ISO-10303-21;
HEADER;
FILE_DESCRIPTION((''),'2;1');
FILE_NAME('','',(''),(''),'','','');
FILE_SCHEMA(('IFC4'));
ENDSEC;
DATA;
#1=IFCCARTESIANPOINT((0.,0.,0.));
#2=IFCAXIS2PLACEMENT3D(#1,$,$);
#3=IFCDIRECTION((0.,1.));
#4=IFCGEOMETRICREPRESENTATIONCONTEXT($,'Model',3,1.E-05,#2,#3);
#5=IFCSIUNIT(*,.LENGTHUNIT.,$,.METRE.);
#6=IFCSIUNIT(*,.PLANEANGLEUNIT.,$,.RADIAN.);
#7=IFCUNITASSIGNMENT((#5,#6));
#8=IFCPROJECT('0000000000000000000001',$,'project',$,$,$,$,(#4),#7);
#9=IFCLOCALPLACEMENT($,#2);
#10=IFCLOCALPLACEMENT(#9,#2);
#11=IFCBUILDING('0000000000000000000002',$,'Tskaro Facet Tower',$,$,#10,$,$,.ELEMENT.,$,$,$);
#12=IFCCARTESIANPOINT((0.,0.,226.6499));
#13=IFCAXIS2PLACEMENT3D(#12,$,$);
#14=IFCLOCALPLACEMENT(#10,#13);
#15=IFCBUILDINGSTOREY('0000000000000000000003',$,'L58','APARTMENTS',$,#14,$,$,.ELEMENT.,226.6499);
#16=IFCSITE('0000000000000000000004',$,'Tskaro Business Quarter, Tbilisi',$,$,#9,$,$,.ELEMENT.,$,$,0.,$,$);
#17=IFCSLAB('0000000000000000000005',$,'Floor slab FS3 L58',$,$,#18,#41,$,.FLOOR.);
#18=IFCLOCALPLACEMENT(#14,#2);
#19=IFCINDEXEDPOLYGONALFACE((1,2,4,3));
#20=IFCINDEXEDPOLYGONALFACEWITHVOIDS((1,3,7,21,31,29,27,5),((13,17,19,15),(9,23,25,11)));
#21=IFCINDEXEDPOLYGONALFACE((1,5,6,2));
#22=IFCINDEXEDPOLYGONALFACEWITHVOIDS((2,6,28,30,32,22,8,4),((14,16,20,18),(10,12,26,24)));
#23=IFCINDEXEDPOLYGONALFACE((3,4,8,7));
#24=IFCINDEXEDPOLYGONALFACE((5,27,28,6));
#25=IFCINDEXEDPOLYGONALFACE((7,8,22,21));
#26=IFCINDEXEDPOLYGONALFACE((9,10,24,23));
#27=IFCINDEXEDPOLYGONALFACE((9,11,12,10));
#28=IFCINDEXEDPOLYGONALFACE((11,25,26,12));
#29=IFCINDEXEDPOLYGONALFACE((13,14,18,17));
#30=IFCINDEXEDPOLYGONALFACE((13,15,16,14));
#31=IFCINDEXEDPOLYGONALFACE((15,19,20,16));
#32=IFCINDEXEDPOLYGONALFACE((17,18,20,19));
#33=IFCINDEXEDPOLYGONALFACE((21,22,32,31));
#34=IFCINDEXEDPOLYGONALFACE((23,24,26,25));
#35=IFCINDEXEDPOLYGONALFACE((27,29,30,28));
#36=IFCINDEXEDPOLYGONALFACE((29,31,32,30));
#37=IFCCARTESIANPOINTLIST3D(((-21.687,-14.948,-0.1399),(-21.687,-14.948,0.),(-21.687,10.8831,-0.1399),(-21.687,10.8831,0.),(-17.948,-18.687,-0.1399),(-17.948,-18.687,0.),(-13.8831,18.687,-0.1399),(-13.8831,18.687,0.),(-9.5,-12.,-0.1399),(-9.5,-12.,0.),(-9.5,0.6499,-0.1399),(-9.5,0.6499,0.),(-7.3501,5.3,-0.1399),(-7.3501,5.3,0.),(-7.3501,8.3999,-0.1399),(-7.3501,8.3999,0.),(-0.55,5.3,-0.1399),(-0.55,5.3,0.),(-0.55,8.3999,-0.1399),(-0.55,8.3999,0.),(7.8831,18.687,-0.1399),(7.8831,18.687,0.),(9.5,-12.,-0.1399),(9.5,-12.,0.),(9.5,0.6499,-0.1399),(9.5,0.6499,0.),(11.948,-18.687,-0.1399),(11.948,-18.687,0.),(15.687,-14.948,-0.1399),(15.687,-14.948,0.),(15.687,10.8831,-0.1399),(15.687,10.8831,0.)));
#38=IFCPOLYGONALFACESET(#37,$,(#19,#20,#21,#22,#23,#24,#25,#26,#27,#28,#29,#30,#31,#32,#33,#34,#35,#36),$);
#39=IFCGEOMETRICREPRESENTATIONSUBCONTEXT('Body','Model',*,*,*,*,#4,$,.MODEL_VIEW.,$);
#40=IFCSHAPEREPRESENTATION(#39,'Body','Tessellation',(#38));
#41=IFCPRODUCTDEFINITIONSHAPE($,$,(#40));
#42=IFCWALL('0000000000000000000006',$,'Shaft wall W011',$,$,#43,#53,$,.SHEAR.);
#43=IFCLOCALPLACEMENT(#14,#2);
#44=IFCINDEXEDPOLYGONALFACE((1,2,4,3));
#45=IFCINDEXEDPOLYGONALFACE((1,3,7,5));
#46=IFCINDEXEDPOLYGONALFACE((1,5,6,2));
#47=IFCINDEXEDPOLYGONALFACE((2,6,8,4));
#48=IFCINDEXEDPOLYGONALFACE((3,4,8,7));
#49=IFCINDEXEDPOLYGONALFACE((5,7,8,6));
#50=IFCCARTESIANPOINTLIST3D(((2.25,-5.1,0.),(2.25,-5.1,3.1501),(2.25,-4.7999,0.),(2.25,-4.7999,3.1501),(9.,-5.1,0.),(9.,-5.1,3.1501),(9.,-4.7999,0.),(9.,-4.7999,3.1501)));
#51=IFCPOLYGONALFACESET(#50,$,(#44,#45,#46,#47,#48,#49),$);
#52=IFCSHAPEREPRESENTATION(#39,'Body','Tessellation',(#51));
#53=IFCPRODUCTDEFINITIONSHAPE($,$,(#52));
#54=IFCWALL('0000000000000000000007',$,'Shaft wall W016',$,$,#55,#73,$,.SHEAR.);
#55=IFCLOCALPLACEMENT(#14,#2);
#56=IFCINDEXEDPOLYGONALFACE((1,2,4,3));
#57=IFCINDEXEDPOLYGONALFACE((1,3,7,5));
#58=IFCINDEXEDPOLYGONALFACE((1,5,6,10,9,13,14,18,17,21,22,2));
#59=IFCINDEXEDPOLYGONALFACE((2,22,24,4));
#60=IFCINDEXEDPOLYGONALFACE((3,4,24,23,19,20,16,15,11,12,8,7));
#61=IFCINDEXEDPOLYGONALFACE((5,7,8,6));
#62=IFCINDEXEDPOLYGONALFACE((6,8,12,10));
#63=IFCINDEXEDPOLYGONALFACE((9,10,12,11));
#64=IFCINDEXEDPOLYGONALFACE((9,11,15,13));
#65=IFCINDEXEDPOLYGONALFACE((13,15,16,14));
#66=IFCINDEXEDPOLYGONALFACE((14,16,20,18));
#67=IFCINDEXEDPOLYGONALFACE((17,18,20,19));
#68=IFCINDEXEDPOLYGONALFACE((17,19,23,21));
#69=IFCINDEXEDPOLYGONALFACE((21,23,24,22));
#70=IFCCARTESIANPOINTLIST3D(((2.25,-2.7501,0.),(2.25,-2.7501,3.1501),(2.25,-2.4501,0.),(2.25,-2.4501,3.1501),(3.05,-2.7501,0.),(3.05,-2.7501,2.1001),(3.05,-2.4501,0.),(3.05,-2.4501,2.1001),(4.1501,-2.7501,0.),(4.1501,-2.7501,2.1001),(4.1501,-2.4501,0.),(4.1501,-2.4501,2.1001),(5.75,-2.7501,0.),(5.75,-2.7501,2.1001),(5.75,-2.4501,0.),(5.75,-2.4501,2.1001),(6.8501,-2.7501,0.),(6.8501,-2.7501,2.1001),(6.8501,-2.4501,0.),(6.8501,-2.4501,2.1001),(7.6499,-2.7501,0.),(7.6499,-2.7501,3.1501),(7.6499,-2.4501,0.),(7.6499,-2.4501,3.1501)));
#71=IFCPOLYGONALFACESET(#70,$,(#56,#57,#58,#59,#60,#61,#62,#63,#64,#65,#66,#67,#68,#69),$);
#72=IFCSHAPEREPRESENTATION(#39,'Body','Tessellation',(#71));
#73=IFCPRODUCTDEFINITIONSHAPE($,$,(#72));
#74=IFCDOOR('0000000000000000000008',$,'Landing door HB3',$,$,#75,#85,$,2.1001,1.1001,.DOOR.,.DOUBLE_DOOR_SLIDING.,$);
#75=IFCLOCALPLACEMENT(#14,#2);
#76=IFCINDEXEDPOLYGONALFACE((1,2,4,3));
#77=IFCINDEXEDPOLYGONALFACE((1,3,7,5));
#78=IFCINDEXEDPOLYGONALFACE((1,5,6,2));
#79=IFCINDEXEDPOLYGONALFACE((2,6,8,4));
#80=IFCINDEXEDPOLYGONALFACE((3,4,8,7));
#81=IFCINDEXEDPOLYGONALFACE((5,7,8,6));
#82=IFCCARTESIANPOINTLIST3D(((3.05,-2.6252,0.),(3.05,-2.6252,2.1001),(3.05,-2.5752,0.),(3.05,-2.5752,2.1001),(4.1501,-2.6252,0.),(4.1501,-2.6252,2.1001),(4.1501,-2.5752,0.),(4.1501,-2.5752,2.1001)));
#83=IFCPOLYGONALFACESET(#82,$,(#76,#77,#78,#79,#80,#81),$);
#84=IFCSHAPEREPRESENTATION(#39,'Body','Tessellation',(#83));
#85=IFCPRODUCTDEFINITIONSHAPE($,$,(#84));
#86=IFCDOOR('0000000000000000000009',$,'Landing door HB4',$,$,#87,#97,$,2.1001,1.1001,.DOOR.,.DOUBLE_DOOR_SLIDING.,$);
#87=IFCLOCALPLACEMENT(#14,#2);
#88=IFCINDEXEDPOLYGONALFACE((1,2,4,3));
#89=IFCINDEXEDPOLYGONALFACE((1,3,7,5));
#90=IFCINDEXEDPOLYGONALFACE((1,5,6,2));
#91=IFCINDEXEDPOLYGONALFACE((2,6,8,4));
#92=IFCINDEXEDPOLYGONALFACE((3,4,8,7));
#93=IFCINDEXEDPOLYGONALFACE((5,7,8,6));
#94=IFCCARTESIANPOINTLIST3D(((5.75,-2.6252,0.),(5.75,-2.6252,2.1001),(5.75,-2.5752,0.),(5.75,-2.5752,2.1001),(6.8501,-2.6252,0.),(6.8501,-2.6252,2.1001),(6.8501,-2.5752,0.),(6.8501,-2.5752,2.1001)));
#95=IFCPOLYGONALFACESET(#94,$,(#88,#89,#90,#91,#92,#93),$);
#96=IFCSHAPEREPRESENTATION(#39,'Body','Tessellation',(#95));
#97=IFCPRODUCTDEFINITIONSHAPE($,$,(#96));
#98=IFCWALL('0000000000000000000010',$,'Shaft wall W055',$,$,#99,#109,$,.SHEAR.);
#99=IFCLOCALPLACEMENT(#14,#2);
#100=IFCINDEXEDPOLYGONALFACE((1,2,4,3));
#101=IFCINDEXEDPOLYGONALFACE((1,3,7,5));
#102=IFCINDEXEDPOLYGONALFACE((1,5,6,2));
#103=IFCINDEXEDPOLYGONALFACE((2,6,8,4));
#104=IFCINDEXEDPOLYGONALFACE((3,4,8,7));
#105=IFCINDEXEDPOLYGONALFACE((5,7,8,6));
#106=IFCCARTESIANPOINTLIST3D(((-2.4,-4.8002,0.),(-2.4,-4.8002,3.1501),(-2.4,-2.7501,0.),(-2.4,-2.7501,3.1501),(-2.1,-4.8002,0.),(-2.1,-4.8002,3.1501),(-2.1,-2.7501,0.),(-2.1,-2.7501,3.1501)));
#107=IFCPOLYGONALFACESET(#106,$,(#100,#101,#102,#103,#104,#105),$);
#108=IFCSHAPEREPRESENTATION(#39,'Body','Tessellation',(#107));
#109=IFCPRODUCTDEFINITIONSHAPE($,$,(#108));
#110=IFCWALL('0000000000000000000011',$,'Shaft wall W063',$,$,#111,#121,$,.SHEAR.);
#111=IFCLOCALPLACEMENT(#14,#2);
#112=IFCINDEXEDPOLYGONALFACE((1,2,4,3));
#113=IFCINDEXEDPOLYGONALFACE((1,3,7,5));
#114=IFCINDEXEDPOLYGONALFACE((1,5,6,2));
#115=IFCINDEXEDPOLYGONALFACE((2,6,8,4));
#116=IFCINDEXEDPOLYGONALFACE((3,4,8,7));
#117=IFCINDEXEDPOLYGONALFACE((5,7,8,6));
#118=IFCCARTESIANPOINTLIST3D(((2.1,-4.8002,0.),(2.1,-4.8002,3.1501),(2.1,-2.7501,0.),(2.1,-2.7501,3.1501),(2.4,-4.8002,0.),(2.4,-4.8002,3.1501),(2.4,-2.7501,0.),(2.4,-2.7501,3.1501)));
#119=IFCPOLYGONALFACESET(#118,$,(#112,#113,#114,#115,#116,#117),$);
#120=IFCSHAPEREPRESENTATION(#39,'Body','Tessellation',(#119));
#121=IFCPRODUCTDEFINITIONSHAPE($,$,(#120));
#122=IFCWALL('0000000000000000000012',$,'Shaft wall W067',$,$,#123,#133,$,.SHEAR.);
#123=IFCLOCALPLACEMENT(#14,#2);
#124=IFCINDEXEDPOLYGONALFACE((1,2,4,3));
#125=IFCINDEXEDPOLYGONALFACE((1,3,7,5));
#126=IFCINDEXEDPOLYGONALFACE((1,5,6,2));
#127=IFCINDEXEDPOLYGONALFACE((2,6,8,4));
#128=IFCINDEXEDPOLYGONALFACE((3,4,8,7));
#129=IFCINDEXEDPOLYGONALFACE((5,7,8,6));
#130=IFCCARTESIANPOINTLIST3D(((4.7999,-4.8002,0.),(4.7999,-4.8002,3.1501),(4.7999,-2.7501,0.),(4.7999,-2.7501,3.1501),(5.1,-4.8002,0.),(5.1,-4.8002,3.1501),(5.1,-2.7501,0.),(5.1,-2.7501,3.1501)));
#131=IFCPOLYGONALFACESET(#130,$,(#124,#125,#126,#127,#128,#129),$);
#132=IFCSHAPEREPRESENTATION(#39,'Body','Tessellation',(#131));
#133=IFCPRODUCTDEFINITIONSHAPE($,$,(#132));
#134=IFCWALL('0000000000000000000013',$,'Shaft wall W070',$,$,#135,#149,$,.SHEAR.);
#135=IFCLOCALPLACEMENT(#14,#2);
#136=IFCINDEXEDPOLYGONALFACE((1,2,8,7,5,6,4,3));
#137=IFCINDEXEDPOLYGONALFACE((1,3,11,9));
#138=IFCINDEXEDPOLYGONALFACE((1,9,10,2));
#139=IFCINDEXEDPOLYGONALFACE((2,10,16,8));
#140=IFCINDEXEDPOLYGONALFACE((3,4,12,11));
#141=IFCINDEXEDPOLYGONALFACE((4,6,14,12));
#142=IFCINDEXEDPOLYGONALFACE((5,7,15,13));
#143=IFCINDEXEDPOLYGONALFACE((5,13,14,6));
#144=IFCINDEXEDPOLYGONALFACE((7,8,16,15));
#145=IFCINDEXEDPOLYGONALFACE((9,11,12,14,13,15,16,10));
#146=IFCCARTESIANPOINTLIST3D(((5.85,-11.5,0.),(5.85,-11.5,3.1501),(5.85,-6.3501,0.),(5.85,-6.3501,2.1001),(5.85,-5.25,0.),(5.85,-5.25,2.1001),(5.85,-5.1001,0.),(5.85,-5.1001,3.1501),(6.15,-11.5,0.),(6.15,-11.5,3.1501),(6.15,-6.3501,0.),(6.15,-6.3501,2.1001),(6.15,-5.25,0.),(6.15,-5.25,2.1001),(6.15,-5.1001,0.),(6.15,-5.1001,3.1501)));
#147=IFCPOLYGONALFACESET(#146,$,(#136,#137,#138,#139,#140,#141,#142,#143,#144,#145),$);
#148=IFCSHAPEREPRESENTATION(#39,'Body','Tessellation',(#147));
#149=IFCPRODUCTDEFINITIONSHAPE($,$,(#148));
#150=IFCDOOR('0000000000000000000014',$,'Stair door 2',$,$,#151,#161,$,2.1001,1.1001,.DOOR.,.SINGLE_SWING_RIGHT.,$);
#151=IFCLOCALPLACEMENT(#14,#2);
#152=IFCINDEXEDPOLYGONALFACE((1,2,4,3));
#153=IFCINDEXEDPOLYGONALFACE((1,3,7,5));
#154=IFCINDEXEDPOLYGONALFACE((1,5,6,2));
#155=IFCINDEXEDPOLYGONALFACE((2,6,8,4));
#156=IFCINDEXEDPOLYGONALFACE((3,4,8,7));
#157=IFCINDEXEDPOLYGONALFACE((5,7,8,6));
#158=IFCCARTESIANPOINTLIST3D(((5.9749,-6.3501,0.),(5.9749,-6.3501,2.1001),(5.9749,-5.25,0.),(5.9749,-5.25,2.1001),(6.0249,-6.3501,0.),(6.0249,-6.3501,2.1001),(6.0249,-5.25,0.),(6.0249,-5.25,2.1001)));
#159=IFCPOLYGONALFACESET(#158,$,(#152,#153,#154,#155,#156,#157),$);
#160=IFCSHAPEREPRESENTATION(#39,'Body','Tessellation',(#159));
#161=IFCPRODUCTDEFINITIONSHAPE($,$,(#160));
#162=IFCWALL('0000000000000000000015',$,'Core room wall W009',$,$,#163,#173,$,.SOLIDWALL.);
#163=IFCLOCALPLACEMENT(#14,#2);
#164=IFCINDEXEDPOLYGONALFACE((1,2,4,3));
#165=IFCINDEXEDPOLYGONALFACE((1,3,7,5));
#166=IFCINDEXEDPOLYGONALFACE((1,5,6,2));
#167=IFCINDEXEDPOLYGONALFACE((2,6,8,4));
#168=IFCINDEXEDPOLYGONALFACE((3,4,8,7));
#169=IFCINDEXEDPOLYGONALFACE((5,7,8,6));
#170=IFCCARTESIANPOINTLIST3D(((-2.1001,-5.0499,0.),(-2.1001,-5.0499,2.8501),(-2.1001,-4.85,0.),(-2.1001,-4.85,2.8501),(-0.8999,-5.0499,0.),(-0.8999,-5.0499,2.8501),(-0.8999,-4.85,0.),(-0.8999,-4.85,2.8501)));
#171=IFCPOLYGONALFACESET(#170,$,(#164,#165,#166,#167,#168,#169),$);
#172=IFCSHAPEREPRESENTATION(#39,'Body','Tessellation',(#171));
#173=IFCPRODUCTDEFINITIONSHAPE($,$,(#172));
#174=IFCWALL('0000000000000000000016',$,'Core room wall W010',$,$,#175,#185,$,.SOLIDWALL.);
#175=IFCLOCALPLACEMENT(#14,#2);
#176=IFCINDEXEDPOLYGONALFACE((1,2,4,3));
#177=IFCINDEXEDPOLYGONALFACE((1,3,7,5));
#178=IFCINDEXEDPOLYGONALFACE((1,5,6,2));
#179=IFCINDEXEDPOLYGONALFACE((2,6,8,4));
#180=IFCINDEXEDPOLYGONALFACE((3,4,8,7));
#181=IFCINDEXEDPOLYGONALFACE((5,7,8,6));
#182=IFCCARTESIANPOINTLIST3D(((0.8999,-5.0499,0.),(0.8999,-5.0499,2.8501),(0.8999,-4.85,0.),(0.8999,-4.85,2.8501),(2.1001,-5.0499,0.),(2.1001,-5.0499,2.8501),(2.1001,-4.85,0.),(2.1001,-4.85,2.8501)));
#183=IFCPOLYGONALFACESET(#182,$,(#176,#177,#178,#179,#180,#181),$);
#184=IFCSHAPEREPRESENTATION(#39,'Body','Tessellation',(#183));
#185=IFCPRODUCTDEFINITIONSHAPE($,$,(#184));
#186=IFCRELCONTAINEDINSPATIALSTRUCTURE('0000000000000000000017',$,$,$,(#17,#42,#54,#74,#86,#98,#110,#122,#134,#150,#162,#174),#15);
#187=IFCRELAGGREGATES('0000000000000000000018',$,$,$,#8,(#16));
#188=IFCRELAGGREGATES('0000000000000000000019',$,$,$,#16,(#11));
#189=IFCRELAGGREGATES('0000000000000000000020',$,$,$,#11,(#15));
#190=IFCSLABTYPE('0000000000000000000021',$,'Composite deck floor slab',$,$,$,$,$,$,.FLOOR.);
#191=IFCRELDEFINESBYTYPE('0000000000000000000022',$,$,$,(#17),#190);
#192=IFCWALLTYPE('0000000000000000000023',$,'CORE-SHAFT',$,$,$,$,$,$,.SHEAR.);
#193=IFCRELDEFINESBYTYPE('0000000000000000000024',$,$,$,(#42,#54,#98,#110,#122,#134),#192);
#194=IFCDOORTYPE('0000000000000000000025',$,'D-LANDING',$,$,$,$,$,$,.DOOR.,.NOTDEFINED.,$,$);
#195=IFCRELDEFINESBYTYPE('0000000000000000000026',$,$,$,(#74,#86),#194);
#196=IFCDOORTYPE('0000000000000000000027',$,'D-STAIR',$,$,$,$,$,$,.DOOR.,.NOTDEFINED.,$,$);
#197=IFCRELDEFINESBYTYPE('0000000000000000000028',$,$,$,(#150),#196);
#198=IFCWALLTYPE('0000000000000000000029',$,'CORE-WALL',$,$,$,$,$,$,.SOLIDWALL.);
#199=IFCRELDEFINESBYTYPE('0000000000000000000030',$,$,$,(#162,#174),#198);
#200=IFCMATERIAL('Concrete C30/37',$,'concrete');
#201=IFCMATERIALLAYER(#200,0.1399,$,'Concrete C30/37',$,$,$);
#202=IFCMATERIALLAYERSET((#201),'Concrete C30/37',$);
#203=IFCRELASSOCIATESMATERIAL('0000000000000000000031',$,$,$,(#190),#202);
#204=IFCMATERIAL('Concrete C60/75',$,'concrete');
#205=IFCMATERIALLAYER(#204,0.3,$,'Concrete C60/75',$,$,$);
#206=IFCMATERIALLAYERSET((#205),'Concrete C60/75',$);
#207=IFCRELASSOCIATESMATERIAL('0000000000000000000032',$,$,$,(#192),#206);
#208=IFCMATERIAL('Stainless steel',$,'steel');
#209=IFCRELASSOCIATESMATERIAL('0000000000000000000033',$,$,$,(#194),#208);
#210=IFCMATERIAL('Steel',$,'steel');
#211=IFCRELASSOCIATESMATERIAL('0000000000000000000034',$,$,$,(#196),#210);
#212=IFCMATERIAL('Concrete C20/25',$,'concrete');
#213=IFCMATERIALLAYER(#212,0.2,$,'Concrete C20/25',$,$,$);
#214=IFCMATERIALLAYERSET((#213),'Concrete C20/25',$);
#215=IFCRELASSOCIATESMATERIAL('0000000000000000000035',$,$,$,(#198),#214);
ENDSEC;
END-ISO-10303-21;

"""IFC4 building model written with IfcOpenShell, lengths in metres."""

from ifc_helpers import new_model, si_unit, direction, frame, frame_2d, origin, place, context, subcontext, project, spatial, polyline, rectangle, outline, extrude, material, layer, layer_set, type_object, element, fill, save


model = new_model("IFC4")

# Units and contexts
model_context = context("Model", 3, precision=1e-05, world=origin(), true_north=direction((0.0, 1.0)))
body_context = subcontext(model_context, "Body", "Model", "MODEL_VIEW")
ifc_project = project(units=[si_unit("LENGTHUNIT", "METRE"), si_unit("PLANEANGLEUNIT", "RADIAN")], contexts=[model_context])

# Site, building, storey
site_placement = place(None, origin())
site = spatial("IfcSite", under=ifc_project, at=site_placement, Name="Tskaro Business Quarter, Tbilisi", CompositionType="ELEMENT", RefElevation=0.0)
building_placement = place(site_placement, origin())
building = spatial("IfcBuilding", under=site, at=building_placement, Name="Tskaro Facet Tower", CompositionType="ELEMENT")
storey_placement = place(building_placement, frame((0.0, 0.0, 226.6499)))
storey = spatial("IfcBuildingStorey", under=building, at=storey_placement, Name="L58", Description="APARTMENTS", CompositionType="ELEMENT", Elevation=226.6499)

# Slab
ifc_material_1 = material(Name="Concrete C30/37", Category="concrete")
ifc_layer_1 = layer(ifc_material_1, 0.1399, Name="Concrete C30/37")
ifc_layer_set_1 = layer_set([ifc_layer_1], Name="Concrete C30/37")
slab_type = type_object("IfcSlabType", Name="Composite deck floor slab", PredefinedType="FLOOR", material=ifc_layer_set_1)
slab_placement = place(storey_placement, frame((0.0, 0.0, -0.1399)))
element("IfcSlab", 1, at=slab_placement, inside=storey, type_object=slab_type, Name="Floor slab FS3 L58", PredefinedType="FLOOR", context=body_context, shape_type="SweptSolid", body=[
    extrude(outline(polyline([(-17.948, -18.687), (11.948, -18.687), (15.687, -14.948), (15.687, 10.8831), (7.8831, 18.687), (-13.8831, 18.687), (-21.687, 10.8831), (-21.687, -14.948), (-17.948, -18.687)]), holes=[polyline([(-9.5, -12.0), (9.5, -12.0), (9.5, 0.6499), (-9.5, 0.6499), (-9.5, -12.0)]), polyline([(-7.3501, 5.3), (-0.55, 5.3), (-0.55, 8.3999), (-7.3501, 8.3999), (-7.3501, 5.3)])]), origin(), (0.0, 0.0, 1.0), 0.1399),
])

# Wall
ifc_material_2 = material(Name="Concrete C60/75", Category="concrete")
ifc_layer_2 = layer(ifc_material_2, 0.3, Name="Concrete C60/75")
ifc_layer_set_2 = layer_set([ifc_layer_2], Name="Concrete C60/75")
wall_type_1 = type_object("IfcWallType", Name="CORE-SHAFT", PredefinedType="SHEAR", material=ifc_layer_set_2)
wall_1_placement = place(storey_placement, frame((2.25, -4.95, 0.0), z_axis=(0.0, 0.0, 1.0), x_axis=(1.0, 0.0, 0.0)))
element("IfcWall", 2, at=wall_1_placement, inside=storey, type_object=wall_type_1, Name="Shaft wall W011", PredefinedType="SHEAR", context=body_context, shape_type="SweptSolid", body=[
    extrude(rectangle(XDim=6.75, YDim=0.3, at=frame_2d((3.375, 0.0))), origin(), (0.0, 0.0, 1.0), 3.1501),
])

# Wall, openings, doors
wall_2_placement = place(storey_placement, frame((2.25, -2.6001, 0.0), z_axis=(0.0, 0.0, 1.0), x_axis=(1.0, 0.0, 0.0)))
wall_2 = element("IfcWall", 3, at=wall_2_placement, inside=storey, type_object=wall_type_1, Name="Shaft wall W016", PredefinedType="SHEAR", context=body_context, shape_type="SweptSolid", body=[
    extrude(rectangle(XDim=5.3999, YDim=0.3, at=frame_2d((2.7, 0.0))), origin(), (0.0, 0.0, 1.0), 3.1501),
])
opening_1_placement = place(wall_2_placement, frame((0.8, 0.0, 0.0)))
opening_1 = element("IfcOpeningElement", 4, at=opening_1_placement, cuts=wall_2, PredefinedType="OPENING", context=body_context, shape_type="SweptSolid", body=[
    extrude(rectangle(XDim=1.1001, YDim=2.1001, at=frame_2d((0.55, 1.05))), frame((0.0, 0.1599, 0.0), z_axis=(0.0, -1.0, 0.0), x_axis=(1.0, 0.0, 0.0)), (0.0, 0.0, 1.0), 0.3201),
])
opening_2_placement = place(wall_2_placement, frame((3.5, 0.0, 0.0)))
opening_2 = element("IfcOpeningElement", 5, at=opening_2_placement, cuts=wall_2, PredefinedType="OPENING", context=body_context, shape_type="SweptSolid", body=[
    extrude(rectangle(XDim=1.1001, YDim=2.1001, at=frame_2d((0.55, 1.05))), frame((0.0, 0.1599, 0.0), z_axis=(0.0, -1.0, 0.0), x_axis=(1.0, 0.0, 0.0)), (0.0, 0.0, 1.0), 0.3201),
])
ifc_material_3 = material(Name="Stainless steel", Category="steel")
door_type_1 = type_object("IfcDoorType", Name="D-LANDING", OperationType="NOTDEFINED", PredefinedType="DOOR", material=ifc_material_3)
door_1_placement = place(opening_1_placement, origin())
door_1 = element("IfcDoor", 6, at=door_1_placement, inside=storey, type_object=door_type_1, Name="Landing door HB3", OperationType="DOUBLE_DOOR_SLIDING", OverallHeight=2.1001, OverallWidth=1.1001, PredefinedType="DOOR", context=body_context, shape_type="SweptSolid", body=[
    extrude(rectangle(XDim=1.1001, YDim=2.1001, at=frame_2d((0.55, 1.05))), frame((0.0, 0.0249, 0.0), z_axis=(0.0, -1.0, 0.0), x_axis=(1.0, 0.0, 0.0)), (0.0, 0.0, 1.0), 0.05),
])
fill(opening_1, door_1)
door_2_placement = place(opening_2_placement, origin())
door_2 = element("IfcDoor", 7, at=door_2_placement, inside=storey, type_object=door_type_1, Name="Landing door HB4", OperationType="DOUBLE_DOOR_SLIDING", OverallHeight=2.1001, OverallWidth=1.1001, PredefinedType="DOOR", context=body_context, shape_type="SweptSolid", body=[
    extrude(rectangle(XDim=1.1001, YDim=2.1001, at=frame_2d((0.55, 1.05))), frame((0.0, 0.0249, 0.0), z_axis=(0.0, -1.0, 0.0), x_axis=(1.0, 0.0, 0.0)), (0.0, 0.0, 1.0), 0.05),
])
fill(opening_2, door_2)

# Walls
for number, where, z_axis, x_axis, name in (
    (8, (-2.25, -4.8, 0.0), (0.0, 0.0, 1.0), (0.0, 1.0, 0.0), "Shaft wall W055"),
    (9, (2.25, -4.8, 0.0), (0.0, 0.0, 1.0), (0.0, 1.0, 0.0), "Shaft wall W063"),
    (10, (4.95, -4.8, 0.0), (0.0, 0.0, 1.0), (0.0, 1.0, 0.0), "Shaft wall W067"),
):
    element("IfcWall", number, at=place(storey_placement, frame(where, z_axis=z_axis, x_axis=x_axis)), inside=storey, type_object=wall_type_1, Name=name, PredefinedType="SHEAR", context=body_context, shape_type="SweptSolid", body=[
        extrude(rectangle(XDim=2.05, YDim=0.3, at=frame_2d((1.0249, 0.0))), origin(), (0.0, 0.0, 1.0), 3.1501),
    ])

# Wall, opening, door
wall_3_placement = place(storey_placement, frame((6.0, -5.1001, 0.0), z_axis=(0.0, 0.0, 1.0), x_axis=(0.0, -1.0, 0.0)))
wall_3 = element("IfcWall", 11, at=wall_3_placement, inside=storey, type_object=wall_type_1, Name="Shaft wall W070", PredefinedType="SHEAR", context=body_context, shape_type="SweptSolid", body=[
    extrude(rectangle(XDim=6.3999, YDim=0.3, at=frame_2d((3.2, 0.0))), origin(), (0.0, 0.0, 1.0), 3.1501),
])
opening_3_placement = place(wall_3_placement, frame((0.1499, 0.0, 0.0)))
opening_3 = element("IfcOpeningElement", 12, at=opening_3_placement, cuts=wall_3, PredefinedType="OPENING", context=body_context, shape_type="SweptSolid", body=[
    extrude(rectangle(XDim=1.1001, YDim=2.1001, at=frame_2d((0.55, 1.05))), frame((0.0, 0.1599, 0.0), z_axis=(0.0, -1.0, 0.0), x_axis=(1.0, 0.0, 0.0)), (0.0, 0.0, 1.0), 0.3201),
])
ifc_material_4 = material(Name="Steel", Category="steel")
door_type_2 = type_object("IfcDoorType", Name="D-STAIR", OperationType="NOTDEFINED", PredefinedType="DOOR", material=ifc_material_4)
door_3_placement = place(opening_3_placement, origin())
door_3 = element("IfcDoor", 13, at=door_3_placement, inside=storey, type_object=door_type_2, Name="Stair door 2", OperationType="SINGLE_SWING_RIGHT", OverallHeight=2.1001, OverallWidth=1.1001, PredefinedType="DOOR", context=body_context, shape_type="SweptSolid", body=[
    extrude(rectangle(XDim=1.1001, YDim=2.1001, at=frame_2d((0.55, 1.05))), frame((0.0, 0.0249, 0.0), z_axis=(0.0, -1.0, 0.0), x_axis=(1.0, 0.0, 0.0)), (0.0, 0.0, 1.0), 0.05),
])
fill(opening_3, door_3)

# Walls
ifc_material_5 = material(Name="Concrete C20/25", Category="concrete")
ifc_layer_3 = layer(ifc_material_5, 0.2, Name="Concrete C20/25")
ifc_layer_set_3 = layer_set([ifc_layer_3], Name="Concrete C20/25")
wall_type_2 = type_object("IfcWallType", Name="CORE-WALL", PredefinedType="SOLIDWALL", material=ifc_layer_set_3)
for number, where, z_axis, x_axis, name in (
    (14, (-2.1001, -4.95, 0.0), (0.0, 0.0, 1.0), (1.0, 0.0, 0.0), "Core room wall W009"),
    (15, (0.8999, -4.95, 0.0), (0.0, 0.0, 1.0), (1.0, 0.0, 0.0), "Core room wall W010"),
):
    element("IfcWall", number, at=place(storey_placement, frame(where, z_axis=z_axis, x_axis=x_axis)), inside=storey, type_object=wall_type_2, Name=name, PredefinedType="SOLIDWALL", context=body_context, shape_type="SweptSolid", body=[
        extrude(rectangle(XDim=1.2002, YDim=0.2, at=frame_2d((0.6001, 0.0))), origin(), (0.0, 0.0, 1.0), 2.8501),
    ])

save(model, "model.ifc")
